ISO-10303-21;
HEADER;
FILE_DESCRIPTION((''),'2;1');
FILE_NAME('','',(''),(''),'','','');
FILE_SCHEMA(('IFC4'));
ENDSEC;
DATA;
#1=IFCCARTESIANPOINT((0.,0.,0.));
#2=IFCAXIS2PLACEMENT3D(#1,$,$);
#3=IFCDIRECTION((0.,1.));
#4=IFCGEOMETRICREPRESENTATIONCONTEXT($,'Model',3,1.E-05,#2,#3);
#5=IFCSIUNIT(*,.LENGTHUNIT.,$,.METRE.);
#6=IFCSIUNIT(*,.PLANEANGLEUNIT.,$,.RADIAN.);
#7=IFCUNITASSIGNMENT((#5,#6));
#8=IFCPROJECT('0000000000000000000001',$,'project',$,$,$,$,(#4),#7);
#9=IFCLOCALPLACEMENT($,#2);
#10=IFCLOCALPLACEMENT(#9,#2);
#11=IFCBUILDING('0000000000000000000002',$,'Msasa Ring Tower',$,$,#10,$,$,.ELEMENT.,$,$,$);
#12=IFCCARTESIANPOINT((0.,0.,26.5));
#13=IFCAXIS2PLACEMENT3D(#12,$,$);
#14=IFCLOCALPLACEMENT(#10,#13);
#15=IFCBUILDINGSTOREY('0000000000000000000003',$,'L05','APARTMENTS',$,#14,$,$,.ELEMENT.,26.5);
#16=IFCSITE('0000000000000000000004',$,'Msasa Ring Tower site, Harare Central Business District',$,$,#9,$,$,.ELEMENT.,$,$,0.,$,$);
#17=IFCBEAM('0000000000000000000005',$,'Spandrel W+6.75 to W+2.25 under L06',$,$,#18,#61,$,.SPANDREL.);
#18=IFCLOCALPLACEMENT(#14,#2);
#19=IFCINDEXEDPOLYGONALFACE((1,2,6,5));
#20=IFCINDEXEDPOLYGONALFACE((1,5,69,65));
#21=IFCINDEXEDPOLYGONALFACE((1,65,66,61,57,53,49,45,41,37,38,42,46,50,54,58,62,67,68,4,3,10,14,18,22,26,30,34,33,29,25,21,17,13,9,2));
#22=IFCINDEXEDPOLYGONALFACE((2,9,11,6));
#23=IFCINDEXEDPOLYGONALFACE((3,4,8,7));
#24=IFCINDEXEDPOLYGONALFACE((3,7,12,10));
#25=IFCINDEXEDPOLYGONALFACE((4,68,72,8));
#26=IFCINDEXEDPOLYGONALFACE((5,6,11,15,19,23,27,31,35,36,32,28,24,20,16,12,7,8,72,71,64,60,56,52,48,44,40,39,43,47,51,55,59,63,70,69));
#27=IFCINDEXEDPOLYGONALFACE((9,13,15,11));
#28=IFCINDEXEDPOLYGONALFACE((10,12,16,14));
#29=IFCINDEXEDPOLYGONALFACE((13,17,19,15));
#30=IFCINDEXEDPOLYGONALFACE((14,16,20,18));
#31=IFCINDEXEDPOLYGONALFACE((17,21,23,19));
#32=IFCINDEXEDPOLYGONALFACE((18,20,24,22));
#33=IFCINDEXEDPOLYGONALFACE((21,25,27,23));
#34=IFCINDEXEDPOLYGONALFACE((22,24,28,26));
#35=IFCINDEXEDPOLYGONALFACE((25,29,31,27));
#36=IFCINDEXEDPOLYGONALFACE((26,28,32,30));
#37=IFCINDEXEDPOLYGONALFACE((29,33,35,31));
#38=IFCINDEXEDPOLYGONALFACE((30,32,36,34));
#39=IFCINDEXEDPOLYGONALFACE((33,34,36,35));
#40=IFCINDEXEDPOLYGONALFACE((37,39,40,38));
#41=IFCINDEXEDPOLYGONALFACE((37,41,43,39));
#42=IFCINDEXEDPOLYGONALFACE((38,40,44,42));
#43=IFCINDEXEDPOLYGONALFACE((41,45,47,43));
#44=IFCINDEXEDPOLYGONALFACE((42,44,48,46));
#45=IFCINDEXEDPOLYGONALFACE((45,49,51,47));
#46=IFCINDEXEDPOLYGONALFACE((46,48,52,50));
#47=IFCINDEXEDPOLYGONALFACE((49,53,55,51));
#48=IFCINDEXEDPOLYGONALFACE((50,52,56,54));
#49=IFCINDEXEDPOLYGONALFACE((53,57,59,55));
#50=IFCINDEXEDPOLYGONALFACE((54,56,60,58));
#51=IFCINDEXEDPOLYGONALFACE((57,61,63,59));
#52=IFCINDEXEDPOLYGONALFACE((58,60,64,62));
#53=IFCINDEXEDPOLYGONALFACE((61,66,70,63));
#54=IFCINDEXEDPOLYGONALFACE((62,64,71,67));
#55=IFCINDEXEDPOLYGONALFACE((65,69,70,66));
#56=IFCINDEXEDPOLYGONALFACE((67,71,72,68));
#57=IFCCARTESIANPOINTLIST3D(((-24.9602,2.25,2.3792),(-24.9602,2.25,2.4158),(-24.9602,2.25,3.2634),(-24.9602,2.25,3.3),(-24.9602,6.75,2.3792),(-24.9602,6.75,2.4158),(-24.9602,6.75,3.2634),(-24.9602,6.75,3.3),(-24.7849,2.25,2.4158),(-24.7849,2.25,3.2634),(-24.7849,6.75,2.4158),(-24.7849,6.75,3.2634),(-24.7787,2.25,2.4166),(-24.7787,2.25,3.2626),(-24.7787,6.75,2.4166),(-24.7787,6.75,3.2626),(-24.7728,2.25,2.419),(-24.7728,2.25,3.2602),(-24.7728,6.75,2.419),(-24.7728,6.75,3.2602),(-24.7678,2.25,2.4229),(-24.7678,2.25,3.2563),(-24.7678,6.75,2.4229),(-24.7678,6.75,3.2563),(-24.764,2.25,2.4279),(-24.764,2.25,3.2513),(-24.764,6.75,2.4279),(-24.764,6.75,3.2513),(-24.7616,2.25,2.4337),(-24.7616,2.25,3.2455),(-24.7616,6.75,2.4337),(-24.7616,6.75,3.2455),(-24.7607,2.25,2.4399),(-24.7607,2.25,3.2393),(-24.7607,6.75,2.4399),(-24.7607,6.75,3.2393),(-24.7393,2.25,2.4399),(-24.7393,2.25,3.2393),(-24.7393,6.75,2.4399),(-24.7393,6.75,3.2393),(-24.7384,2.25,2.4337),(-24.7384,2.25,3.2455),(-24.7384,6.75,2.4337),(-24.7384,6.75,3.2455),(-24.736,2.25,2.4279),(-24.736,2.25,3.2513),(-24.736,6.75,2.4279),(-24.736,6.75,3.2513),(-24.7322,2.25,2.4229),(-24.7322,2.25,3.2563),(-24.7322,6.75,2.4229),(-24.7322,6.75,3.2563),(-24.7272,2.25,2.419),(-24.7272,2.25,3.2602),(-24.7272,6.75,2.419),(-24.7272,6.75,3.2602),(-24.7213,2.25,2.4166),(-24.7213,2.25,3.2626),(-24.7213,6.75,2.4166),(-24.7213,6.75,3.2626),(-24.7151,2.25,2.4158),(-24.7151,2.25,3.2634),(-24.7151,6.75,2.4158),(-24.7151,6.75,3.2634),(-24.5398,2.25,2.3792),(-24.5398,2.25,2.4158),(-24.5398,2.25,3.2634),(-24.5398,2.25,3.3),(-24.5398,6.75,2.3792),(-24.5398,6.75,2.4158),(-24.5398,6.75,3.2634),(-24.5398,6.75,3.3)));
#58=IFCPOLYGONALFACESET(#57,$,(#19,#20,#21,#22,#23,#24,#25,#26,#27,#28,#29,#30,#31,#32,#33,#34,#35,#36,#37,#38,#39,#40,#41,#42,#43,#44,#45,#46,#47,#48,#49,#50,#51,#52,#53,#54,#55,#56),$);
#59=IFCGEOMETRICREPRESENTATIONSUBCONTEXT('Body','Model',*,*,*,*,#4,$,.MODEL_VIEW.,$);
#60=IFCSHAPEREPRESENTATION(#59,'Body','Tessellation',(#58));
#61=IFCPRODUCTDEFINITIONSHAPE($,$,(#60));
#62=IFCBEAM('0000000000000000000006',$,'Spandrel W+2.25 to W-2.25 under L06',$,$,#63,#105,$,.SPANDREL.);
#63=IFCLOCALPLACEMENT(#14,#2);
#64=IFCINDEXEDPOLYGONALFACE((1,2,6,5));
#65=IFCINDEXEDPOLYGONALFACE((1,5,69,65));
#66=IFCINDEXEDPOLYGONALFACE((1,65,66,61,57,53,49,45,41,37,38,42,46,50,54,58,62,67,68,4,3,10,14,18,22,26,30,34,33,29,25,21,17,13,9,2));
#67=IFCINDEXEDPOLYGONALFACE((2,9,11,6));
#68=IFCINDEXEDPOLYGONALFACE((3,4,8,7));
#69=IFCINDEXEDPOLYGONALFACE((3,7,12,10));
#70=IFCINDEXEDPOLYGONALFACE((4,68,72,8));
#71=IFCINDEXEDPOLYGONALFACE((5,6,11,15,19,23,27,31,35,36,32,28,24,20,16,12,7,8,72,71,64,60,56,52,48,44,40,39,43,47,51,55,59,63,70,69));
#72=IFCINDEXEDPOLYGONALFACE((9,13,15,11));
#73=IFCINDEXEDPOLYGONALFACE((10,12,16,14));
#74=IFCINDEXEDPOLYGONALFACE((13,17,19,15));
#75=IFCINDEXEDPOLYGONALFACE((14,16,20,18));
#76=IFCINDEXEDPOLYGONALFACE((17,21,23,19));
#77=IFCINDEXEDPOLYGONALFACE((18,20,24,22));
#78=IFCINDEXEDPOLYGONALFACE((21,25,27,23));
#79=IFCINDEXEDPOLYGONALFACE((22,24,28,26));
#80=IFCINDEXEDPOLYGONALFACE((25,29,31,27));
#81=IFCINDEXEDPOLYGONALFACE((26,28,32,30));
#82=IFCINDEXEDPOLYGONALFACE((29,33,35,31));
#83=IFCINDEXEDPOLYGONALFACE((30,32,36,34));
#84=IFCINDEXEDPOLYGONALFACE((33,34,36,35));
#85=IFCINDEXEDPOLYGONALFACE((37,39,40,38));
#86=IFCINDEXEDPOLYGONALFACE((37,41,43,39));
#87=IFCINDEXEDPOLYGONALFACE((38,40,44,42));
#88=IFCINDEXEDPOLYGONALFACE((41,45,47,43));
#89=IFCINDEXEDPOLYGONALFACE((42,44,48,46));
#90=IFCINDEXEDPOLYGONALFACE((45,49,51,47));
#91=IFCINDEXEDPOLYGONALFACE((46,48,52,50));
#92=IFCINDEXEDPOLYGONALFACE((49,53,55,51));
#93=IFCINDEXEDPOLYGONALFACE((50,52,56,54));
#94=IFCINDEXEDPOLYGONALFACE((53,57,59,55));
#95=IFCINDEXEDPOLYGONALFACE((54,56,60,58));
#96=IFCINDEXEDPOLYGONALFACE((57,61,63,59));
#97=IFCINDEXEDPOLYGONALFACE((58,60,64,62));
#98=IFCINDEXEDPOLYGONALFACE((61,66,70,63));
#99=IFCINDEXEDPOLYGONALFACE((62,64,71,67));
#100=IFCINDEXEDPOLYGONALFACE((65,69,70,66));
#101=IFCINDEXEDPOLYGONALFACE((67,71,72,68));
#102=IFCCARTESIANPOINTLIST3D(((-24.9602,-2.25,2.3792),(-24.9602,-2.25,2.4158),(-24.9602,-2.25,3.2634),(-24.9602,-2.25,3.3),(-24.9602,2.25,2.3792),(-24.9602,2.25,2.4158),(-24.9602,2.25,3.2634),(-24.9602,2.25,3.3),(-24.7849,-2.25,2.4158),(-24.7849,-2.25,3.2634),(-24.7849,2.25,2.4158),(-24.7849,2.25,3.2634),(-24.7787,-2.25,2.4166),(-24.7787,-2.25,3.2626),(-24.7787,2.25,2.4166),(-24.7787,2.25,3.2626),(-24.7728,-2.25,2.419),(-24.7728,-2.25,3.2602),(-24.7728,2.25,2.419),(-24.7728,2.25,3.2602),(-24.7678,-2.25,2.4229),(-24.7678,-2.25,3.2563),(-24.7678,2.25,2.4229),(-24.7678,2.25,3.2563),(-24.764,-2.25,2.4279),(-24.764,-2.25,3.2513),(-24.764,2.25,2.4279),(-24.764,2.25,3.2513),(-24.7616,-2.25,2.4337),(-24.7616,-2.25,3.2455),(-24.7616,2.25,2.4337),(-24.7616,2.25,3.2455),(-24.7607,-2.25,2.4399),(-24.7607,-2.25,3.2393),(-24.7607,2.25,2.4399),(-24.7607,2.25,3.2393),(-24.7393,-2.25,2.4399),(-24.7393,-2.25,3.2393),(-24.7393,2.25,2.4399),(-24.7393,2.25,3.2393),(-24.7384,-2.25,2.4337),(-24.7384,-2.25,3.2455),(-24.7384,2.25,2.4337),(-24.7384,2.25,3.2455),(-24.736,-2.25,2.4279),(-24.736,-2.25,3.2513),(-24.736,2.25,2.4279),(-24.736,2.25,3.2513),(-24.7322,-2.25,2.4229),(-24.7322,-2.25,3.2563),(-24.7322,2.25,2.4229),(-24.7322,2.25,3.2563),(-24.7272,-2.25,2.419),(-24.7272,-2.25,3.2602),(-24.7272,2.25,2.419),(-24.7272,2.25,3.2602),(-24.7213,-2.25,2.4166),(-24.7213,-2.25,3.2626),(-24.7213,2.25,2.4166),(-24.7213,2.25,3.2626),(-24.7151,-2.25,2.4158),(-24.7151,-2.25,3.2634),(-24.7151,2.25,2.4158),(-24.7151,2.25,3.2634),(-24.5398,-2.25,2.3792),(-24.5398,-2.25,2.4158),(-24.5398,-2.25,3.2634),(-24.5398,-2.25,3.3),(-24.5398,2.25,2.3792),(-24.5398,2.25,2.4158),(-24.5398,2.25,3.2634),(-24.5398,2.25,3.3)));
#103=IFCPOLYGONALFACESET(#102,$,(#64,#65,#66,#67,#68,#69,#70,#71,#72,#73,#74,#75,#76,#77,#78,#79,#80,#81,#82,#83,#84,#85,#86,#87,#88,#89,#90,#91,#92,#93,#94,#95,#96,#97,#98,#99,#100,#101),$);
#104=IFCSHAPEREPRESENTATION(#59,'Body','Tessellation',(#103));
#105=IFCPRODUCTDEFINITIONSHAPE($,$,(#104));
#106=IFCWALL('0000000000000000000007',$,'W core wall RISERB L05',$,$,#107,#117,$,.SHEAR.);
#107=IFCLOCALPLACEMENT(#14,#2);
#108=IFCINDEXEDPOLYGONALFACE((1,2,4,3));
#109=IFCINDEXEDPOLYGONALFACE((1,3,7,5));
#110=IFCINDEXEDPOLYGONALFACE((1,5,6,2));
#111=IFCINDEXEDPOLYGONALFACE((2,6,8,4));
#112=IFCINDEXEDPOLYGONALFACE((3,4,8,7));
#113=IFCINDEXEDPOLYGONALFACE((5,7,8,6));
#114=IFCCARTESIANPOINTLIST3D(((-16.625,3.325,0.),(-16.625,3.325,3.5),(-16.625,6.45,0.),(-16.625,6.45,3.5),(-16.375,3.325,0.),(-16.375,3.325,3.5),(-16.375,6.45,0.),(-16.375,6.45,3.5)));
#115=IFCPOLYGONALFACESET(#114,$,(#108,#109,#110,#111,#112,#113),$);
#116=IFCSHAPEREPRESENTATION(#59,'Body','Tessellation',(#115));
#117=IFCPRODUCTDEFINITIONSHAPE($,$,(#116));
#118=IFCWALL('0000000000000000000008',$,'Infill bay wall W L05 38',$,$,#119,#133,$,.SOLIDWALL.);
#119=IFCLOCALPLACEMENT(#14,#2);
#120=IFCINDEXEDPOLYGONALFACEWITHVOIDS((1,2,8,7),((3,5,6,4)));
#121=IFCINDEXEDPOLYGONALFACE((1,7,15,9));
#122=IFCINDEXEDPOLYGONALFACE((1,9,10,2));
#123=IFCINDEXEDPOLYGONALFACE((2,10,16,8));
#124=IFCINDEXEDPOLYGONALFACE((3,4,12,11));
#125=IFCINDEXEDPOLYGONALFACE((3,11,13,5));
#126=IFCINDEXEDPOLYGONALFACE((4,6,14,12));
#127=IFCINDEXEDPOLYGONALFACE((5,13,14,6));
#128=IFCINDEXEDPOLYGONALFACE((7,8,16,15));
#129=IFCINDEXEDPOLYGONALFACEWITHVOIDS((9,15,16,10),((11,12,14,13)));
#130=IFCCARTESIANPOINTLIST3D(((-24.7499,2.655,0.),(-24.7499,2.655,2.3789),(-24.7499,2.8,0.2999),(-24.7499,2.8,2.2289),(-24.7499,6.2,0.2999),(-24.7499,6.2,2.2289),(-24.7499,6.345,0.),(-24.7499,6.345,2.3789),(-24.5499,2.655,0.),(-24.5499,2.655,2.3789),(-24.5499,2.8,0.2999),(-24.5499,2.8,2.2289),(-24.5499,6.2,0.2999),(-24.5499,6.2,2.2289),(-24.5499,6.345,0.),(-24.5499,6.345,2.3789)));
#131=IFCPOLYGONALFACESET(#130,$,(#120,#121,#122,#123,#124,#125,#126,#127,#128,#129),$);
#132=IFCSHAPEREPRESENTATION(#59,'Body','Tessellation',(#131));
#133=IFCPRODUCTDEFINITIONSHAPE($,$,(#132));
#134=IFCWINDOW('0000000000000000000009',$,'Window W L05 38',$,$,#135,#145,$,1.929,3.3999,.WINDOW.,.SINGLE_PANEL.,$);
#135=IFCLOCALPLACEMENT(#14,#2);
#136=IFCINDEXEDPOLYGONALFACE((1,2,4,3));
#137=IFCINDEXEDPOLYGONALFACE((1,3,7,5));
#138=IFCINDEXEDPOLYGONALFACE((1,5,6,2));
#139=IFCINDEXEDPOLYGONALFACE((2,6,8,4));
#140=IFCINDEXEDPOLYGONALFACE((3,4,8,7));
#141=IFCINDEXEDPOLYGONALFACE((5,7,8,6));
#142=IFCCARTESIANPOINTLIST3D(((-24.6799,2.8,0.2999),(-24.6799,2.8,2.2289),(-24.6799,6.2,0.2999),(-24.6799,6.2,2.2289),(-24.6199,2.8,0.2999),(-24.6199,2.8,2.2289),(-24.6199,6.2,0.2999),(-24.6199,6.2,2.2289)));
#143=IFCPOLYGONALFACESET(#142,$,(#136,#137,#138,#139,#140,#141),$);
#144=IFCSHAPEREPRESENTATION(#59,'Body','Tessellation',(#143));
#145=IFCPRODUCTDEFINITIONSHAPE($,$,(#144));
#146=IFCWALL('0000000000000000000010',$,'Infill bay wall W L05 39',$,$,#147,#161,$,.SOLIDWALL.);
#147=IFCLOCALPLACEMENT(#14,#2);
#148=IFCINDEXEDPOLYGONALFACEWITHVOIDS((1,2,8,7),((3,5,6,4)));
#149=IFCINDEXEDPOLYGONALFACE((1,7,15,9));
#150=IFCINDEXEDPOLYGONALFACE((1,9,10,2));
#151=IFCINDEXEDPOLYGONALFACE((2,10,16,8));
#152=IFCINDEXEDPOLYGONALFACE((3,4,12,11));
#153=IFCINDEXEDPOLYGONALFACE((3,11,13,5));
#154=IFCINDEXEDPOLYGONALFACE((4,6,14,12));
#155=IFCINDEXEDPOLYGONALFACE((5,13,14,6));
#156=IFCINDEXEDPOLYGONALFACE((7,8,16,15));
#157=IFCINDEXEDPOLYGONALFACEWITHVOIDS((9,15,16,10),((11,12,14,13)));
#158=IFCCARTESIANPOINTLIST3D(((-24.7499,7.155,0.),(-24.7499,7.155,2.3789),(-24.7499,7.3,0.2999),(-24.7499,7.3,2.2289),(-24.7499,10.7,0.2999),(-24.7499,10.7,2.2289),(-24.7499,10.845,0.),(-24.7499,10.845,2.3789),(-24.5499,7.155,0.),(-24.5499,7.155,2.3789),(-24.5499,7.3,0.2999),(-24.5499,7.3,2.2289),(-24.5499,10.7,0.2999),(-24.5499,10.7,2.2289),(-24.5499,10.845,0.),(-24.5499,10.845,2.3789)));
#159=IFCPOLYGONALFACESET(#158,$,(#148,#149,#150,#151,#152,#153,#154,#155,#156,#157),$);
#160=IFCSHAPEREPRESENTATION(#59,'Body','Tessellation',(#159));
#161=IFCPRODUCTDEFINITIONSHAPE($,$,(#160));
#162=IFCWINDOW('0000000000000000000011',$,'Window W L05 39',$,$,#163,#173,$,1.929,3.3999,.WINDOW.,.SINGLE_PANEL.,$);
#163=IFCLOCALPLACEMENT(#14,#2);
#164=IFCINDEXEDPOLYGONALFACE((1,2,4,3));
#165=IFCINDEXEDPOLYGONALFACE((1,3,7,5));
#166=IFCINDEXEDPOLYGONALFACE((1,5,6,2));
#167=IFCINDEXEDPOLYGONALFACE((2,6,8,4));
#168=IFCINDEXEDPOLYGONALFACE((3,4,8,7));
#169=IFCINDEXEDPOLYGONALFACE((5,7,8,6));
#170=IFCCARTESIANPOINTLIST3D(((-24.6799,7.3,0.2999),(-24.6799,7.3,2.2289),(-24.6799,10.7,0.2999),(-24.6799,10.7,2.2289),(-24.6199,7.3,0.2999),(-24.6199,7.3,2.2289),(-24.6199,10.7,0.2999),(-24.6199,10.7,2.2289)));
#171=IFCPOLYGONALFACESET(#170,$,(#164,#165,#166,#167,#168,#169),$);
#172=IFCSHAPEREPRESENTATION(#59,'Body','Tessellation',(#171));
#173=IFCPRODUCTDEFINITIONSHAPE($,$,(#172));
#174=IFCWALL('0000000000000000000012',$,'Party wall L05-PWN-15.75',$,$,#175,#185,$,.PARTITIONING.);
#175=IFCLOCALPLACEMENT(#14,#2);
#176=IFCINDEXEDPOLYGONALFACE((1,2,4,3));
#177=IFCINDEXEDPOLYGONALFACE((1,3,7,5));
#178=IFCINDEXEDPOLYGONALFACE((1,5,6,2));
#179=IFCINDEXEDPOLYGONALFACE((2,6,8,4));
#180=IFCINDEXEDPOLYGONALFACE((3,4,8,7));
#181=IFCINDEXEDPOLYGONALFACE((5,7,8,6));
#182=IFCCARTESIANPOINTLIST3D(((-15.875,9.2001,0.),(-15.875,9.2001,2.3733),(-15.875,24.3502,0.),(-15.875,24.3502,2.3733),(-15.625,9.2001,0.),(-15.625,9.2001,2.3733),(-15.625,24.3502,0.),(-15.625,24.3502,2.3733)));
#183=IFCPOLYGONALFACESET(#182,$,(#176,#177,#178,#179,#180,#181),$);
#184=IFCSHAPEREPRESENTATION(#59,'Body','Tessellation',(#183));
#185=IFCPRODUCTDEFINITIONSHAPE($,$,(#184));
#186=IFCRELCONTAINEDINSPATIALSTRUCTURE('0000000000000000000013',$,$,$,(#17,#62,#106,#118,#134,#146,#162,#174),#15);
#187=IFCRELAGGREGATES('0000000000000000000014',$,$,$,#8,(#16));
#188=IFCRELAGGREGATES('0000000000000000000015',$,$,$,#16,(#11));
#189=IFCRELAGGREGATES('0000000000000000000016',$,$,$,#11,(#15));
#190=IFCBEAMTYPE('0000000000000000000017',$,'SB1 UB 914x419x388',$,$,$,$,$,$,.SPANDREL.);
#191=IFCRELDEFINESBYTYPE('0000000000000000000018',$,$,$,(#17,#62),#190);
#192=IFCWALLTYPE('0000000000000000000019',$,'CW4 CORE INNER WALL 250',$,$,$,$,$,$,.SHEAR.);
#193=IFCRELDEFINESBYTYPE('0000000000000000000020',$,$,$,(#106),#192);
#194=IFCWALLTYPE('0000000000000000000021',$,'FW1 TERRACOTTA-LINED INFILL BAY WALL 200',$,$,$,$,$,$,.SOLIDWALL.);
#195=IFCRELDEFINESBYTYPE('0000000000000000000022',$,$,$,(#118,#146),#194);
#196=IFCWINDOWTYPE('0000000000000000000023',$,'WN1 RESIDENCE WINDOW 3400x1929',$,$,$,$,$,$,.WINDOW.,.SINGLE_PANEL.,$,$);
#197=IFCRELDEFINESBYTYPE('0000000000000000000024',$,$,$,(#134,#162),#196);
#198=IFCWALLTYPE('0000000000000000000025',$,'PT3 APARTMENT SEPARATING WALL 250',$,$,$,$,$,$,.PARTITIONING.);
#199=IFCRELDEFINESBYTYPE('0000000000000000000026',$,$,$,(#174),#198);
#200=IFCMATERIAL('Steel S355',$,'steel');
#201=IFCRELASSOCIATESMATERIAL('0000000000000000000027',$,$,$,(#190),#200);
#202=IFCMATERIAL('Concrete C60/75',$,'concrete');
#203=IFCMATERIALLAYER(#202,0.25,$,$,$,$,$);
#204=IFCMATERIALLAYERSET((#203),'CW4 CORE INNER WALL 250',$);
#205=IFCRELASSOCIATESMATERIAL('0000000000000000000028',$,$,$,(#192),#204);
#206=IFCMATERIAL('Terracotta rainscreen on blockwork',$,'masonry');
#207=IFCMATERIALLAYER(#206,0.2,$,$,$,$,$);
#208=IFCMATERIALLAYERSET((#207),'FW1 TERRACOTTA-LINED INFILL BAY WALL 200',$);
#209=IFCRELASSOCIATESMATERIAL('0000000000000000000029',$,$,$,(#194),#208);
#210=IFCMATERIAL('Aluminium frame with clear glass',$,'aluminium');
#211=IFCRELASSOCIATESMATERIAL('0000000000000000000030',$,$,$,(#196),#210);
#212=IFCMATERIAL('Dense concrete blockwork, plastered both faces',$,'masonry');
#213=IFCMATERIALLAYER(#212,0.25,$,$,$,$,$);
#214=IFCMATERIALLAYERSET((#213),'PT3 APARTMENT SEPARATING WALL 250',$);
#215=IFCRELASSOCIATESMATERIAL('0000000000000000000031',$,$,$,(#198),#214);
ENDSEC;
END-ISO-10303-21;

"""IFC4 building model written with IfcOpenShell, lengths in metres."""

from ifc_helpers import new_model, si_unit, direction, frame, frame_2d, origin, origin_2d, place, context, subcontext, project, spatial, rectangle, i_section, extrude, material, layer, layer_set, material_profile, profile_set, type_object, element, fill, save


model = new_model("IFC4")

# Units and contexts
model_context = context("Model", 3, precision=1e-05, world=origin(), true_north=direction((0.0, 1.0)))
body_context = subcontext(model_context, "Body", "Model", "MODEL_VIEW")
ifc_project = project(units=[si_unit("LENGTHUNIT", "METRE"), si_unit("PLANEANGLEUNIT", "RADIAN")], contexts=[model_context])

# Site, building, storey
site_placement = place(None, origin())
site = spatial("IfcSite", under=ifc_project, at=site_placement, Name="Msasa Ring Tower site, Harare Central Business District", CompositionType="ELEMENT", RefElevation=0.0)
building_placement = place(site_placement, origin())
building = spatial("IfcBuilding", under=site, at=building_placement, Name="Msasa Ring Tower", CompositionType="ELEMENT")
storey_placement = place(building_placement, frame((0.0, 0.0, 26.5)))
storey = spatial("IfcBuildingStorey", under=building, at=storey_placement, Name="L05", Description="APARTMENTS", CompositionType="ELEMENT", Elevation=26.5)

# Beams
ifc_material_1 = material(Name="Steel S355", Category="steel")
ifc_material_profile_1 = material_profile(ifc_material_1, i_section(OverallWidth=0.4204, OverallDepth=0.9209, WebThickness=0.0215, FlangeThickness=0.0366, FilletRadius=0.0242, at=origin_2d()), Name="UB 914x419x388")
ifc_profile_set_1 = profile_set([ifc_material_profile_1], Name="Steel S355")
beam_type_1 = type_object("IfcBeamType", Name="SB1 UB 914x419x388", PredefinedType="SPANDREL", material=ifc_profile_set_1)
for number, where, z_axis, x_axis, name in (
    (1, (-24.75, 6.75, 2.8396), (0.0, -1.0, 0.0), (1.0, 0.0, 0.0), "Spandrel W+6.75 to W+2.25 under L06"),
    (2, (-24.75, 2.25, 2.8396), (0.0, -1.0, 0.0), (1.0, 0.0, 0.0), "Spandrel W+2.25 to W-2.25 under L06"),
):
    element("IfcBeam", number, at=place(storey_placement, frame(where, z_axis=z_axis, x_axis=x_axis)), inside=storey, type_object=beam_type_1, Name=name, PredefinedType="SPANDREL", context=body_context, shape_type="SweptSolid", body=[
        extrude(i_section(OverallWidth=0.4204, OverallDepth=0.9209, WebThickness=0.0215, FlangeThickness=0.0366, FilletRadius=0.0242, at=origin_2d()), origin(), (0.0, 0.0, 1.0), 4.5),
    ])

# Wall
ifc_material_2 = material(Name="Concrete C60/75", Category="concrete")
ifc_layer_1 = layer(ifc_material_2, 0.25)
ifc_layer_set_1 = layer_set([ifc_layer_1], Name="CW4 CORE INNER WALL 250")
wall_type_1 = type_object("IfcWallType", Name="CW4 CORE INNER WALL 250", PredefinedType="SHEAR", material=ifc_layer_set_1)
wall_1_placement = place(storey_placement, frame((-16.5, 3.325, 0.0), z_axis=(0.0, 0.0, 1.0), x_axis=(0.0, 1.0, 0.0)))
element("IfcWall", 3, at=wall_1_placement, inside=storey, type_object=wall_type_1, Name="W core wall RISERB L05", PredefinedType="SHEAR", context=body_context, shape_type="SweptSolid", body=[
    extrude(rectangle(XDim=3.125, YDim=0.25, at=frame_2d((1.5625, 0.0))), origin(), (0.0, 0.0, 1.0), 3.5),
])

# Walls, openings, windows
ifc_material_3 = material(Name="Terracotta rainscreen on blockwork", Category="masonry")
ifc_layer_2 = layer(ifc_material_3, 0.2)
ifc_layer_set_2 = layer_set([ifc_layer_2], Name="FW1 TERRACOTTA-LINED INFILL BAY WALL 200")
wall_type_2 = type_object("IfcWallType", Name="FW1 TERRACOTTA-LINED INFILL BAY WALL 200", PredefinedType="SOLIDWALL", material=ifc_layer_set_2)
wall_2_placement = place(storey_placement, frame((-24.6499, 2.655, 0.0), z_axis=(0.0, 0.0, 1.0), x_axis=(0.0, 1.0, 0.0)))
wall_2 = element("IfcWall", 4, at=wall_2_placement, inside=storey, type_object=wall_type_2, Name="Infill bay wall W L05 38", PredefinedType="SOLIDWALL", context=body_context, shape_type="SweptSolid", body=[
    extrude(rectangle(XDim=3.6899, YDim=0.2, at=frame_2d((1.845, 0.0))), origin(), (0.0, 0.0, 1.0), 2.3789),
])
opening_1_placement = place(wall_2_placement, frame((0.145, 0.0, 0.3)))
opening_1 = element("IfcOpeningElement", 5, at=opening_1_placement, cuts=wall_2, PredefinedType="OPENING", context=body_context, shape_type="SweptSolid", body=[
    extrude(rectangle(XDim=3.3999, YDim=1.929, at=frame_2d((1.7, 0.9644))), frame((0.0, 0.1099, 0.0), z_axis=(0.0, -1.0, 0.0), x_axis=(1.0, 0.0, 0.0)), (0.0, 0.0, 1.0), 0.22),
])
ifc_material_4 = material(Name="Aluminium frame with clear glass", Category="aluminium")
window_type = type_object("IfcWindowType", Name="WN1 RESIDENCE WINDOW 3400x1929", PartitioningType="SINGLE_PANEL", PredefinedType="WINDOW", material=ifc_material_4)
window_1_placement = place(opening_1_placement, origin())
window_1 = element("IfcWindow", 6, at=window_1_placement, inside=storey, type_object=window_type, Name="Window W L05 38", OverallHeight=1.929, OverallWidth=3.3999, PartitioningType="SINGLE_PANEL", PredefinedType="WINDOW", context=body_context, shape_type="SweptSolid", body=[
    extrude(rectangle(XDim=3.3999, YDim=1.929, at=frame_2d((1.7, 0.9644))), frame((0.0, 0.03, 0.0), z_axis=(0.0, -1.0, 0.0), x_axis=(1.0, 0.0, 0.0)), (0.0, 0.0, 1.0), 0.0601),
])
fill(opening_1, window_1)
wall_3_placement = place(storey_placement, frame((-24.6499, 7.155, 0.0), z_axis=(0.0, 0.0, 1.0), x_axis=(0.0, 1.0, 0.0)))
wall_3 = element("IfcWall", 7, at=wall_3_placement, inside=storey, type_object=wall_type_2, Name="Infill bay wall W L05 39", PredefinedType="SOLIDWALL", context=body_context, shape_type="SweptSolid", body=[
    extrude(rectangle(XDim=3.6899, YDim=0.2, at=frame_2d((1.845, 0.0))), origin(), (0.0, 0.0, 1.0), 2.3789),
])
opening_2_placement = place(wall_3_placement, frame((0.145, 0.0, 0.3)))
opening_2 = element("IfcOpeningElement", 8, at=opening_2_placement, cuts=wall_3, PredefinedType="OPENING", context=body_context, shape_type="SweptSolid", body=[
    extrude(rectangle(XDim=3.3999, YDim=1.929, at=frame_2d((1.7, 0.9644))), frame((0.0, 0.1099, 0.0), z_axis=(0.0, -1.0, 0.0), x_axis=(1.0, 0.0, 0.0)), (0.0, 0.0, 1.0), 0.22),
])
window_2_placement = place(opening_2_placement, origin())
window_2 = element("IfcWindow", 9, at=window_2_placement, inside=storey, type_object=window_type, Name="Window W L05 39", OverallHeight=1.929, OverallWidth=3.3999, PartitioningType="SINGLE_PANEL", PredefinedType="WINDOW", context=body_context, shape_type="SweptSolid", body=[
    extrude(rectangle(XDim=3.3999, YDim=1.929, at=frame_2d((1.7, 0.9644))), frame((0.0, 0.03, 0.0), z_axis=(0.0, -1.0, 0.0), x_axis=(1.0, 0.0, 0.0)), (0.0, 0.0, 1.0), 0.0601),
])
fill(opening_2, window_2)

# Wall
ifc_material_5 = material(Name="Dense concrete blockwork, plastered both faces", Category="masonry")
ifc_layer_3 = layer(ifc_material_5, 0.25)
ifc_layer_set_3 = layer_set([ifc_layer_3], Name="PT3 APARTMENT SEPARATING WALL 250")
wall_type_3 = type_object("IfcWallType", Name="PT3 APARTMENT SEPARATING WALL 250", PredefinedType="PARTITIONING", material=ifc_layer_set_3)
wall_4_placement = place(storey_placement, frame((-15.75, 9.2, 0.0), z_axis=(0.0, 0.0, 1.0), x_axis=(0.0, 1.0, 0.0)))
element("IfcWall", 10, at=wall_4_placement, inside=storey, type_object=wall_type_3, Name="Party wall L05-PWN-15.75", PredefinedType="PARTITIONING", context=body_context, shape_type="SweptSolid", body=[
    extrude(rectangle(XDim=15.1501, YDim=0.25, at=frame_2d((7.5752, 0.0))), origin(), (0.0, 0.0, 1.0), 2.3733),
])

save(model, "model.ifc")
